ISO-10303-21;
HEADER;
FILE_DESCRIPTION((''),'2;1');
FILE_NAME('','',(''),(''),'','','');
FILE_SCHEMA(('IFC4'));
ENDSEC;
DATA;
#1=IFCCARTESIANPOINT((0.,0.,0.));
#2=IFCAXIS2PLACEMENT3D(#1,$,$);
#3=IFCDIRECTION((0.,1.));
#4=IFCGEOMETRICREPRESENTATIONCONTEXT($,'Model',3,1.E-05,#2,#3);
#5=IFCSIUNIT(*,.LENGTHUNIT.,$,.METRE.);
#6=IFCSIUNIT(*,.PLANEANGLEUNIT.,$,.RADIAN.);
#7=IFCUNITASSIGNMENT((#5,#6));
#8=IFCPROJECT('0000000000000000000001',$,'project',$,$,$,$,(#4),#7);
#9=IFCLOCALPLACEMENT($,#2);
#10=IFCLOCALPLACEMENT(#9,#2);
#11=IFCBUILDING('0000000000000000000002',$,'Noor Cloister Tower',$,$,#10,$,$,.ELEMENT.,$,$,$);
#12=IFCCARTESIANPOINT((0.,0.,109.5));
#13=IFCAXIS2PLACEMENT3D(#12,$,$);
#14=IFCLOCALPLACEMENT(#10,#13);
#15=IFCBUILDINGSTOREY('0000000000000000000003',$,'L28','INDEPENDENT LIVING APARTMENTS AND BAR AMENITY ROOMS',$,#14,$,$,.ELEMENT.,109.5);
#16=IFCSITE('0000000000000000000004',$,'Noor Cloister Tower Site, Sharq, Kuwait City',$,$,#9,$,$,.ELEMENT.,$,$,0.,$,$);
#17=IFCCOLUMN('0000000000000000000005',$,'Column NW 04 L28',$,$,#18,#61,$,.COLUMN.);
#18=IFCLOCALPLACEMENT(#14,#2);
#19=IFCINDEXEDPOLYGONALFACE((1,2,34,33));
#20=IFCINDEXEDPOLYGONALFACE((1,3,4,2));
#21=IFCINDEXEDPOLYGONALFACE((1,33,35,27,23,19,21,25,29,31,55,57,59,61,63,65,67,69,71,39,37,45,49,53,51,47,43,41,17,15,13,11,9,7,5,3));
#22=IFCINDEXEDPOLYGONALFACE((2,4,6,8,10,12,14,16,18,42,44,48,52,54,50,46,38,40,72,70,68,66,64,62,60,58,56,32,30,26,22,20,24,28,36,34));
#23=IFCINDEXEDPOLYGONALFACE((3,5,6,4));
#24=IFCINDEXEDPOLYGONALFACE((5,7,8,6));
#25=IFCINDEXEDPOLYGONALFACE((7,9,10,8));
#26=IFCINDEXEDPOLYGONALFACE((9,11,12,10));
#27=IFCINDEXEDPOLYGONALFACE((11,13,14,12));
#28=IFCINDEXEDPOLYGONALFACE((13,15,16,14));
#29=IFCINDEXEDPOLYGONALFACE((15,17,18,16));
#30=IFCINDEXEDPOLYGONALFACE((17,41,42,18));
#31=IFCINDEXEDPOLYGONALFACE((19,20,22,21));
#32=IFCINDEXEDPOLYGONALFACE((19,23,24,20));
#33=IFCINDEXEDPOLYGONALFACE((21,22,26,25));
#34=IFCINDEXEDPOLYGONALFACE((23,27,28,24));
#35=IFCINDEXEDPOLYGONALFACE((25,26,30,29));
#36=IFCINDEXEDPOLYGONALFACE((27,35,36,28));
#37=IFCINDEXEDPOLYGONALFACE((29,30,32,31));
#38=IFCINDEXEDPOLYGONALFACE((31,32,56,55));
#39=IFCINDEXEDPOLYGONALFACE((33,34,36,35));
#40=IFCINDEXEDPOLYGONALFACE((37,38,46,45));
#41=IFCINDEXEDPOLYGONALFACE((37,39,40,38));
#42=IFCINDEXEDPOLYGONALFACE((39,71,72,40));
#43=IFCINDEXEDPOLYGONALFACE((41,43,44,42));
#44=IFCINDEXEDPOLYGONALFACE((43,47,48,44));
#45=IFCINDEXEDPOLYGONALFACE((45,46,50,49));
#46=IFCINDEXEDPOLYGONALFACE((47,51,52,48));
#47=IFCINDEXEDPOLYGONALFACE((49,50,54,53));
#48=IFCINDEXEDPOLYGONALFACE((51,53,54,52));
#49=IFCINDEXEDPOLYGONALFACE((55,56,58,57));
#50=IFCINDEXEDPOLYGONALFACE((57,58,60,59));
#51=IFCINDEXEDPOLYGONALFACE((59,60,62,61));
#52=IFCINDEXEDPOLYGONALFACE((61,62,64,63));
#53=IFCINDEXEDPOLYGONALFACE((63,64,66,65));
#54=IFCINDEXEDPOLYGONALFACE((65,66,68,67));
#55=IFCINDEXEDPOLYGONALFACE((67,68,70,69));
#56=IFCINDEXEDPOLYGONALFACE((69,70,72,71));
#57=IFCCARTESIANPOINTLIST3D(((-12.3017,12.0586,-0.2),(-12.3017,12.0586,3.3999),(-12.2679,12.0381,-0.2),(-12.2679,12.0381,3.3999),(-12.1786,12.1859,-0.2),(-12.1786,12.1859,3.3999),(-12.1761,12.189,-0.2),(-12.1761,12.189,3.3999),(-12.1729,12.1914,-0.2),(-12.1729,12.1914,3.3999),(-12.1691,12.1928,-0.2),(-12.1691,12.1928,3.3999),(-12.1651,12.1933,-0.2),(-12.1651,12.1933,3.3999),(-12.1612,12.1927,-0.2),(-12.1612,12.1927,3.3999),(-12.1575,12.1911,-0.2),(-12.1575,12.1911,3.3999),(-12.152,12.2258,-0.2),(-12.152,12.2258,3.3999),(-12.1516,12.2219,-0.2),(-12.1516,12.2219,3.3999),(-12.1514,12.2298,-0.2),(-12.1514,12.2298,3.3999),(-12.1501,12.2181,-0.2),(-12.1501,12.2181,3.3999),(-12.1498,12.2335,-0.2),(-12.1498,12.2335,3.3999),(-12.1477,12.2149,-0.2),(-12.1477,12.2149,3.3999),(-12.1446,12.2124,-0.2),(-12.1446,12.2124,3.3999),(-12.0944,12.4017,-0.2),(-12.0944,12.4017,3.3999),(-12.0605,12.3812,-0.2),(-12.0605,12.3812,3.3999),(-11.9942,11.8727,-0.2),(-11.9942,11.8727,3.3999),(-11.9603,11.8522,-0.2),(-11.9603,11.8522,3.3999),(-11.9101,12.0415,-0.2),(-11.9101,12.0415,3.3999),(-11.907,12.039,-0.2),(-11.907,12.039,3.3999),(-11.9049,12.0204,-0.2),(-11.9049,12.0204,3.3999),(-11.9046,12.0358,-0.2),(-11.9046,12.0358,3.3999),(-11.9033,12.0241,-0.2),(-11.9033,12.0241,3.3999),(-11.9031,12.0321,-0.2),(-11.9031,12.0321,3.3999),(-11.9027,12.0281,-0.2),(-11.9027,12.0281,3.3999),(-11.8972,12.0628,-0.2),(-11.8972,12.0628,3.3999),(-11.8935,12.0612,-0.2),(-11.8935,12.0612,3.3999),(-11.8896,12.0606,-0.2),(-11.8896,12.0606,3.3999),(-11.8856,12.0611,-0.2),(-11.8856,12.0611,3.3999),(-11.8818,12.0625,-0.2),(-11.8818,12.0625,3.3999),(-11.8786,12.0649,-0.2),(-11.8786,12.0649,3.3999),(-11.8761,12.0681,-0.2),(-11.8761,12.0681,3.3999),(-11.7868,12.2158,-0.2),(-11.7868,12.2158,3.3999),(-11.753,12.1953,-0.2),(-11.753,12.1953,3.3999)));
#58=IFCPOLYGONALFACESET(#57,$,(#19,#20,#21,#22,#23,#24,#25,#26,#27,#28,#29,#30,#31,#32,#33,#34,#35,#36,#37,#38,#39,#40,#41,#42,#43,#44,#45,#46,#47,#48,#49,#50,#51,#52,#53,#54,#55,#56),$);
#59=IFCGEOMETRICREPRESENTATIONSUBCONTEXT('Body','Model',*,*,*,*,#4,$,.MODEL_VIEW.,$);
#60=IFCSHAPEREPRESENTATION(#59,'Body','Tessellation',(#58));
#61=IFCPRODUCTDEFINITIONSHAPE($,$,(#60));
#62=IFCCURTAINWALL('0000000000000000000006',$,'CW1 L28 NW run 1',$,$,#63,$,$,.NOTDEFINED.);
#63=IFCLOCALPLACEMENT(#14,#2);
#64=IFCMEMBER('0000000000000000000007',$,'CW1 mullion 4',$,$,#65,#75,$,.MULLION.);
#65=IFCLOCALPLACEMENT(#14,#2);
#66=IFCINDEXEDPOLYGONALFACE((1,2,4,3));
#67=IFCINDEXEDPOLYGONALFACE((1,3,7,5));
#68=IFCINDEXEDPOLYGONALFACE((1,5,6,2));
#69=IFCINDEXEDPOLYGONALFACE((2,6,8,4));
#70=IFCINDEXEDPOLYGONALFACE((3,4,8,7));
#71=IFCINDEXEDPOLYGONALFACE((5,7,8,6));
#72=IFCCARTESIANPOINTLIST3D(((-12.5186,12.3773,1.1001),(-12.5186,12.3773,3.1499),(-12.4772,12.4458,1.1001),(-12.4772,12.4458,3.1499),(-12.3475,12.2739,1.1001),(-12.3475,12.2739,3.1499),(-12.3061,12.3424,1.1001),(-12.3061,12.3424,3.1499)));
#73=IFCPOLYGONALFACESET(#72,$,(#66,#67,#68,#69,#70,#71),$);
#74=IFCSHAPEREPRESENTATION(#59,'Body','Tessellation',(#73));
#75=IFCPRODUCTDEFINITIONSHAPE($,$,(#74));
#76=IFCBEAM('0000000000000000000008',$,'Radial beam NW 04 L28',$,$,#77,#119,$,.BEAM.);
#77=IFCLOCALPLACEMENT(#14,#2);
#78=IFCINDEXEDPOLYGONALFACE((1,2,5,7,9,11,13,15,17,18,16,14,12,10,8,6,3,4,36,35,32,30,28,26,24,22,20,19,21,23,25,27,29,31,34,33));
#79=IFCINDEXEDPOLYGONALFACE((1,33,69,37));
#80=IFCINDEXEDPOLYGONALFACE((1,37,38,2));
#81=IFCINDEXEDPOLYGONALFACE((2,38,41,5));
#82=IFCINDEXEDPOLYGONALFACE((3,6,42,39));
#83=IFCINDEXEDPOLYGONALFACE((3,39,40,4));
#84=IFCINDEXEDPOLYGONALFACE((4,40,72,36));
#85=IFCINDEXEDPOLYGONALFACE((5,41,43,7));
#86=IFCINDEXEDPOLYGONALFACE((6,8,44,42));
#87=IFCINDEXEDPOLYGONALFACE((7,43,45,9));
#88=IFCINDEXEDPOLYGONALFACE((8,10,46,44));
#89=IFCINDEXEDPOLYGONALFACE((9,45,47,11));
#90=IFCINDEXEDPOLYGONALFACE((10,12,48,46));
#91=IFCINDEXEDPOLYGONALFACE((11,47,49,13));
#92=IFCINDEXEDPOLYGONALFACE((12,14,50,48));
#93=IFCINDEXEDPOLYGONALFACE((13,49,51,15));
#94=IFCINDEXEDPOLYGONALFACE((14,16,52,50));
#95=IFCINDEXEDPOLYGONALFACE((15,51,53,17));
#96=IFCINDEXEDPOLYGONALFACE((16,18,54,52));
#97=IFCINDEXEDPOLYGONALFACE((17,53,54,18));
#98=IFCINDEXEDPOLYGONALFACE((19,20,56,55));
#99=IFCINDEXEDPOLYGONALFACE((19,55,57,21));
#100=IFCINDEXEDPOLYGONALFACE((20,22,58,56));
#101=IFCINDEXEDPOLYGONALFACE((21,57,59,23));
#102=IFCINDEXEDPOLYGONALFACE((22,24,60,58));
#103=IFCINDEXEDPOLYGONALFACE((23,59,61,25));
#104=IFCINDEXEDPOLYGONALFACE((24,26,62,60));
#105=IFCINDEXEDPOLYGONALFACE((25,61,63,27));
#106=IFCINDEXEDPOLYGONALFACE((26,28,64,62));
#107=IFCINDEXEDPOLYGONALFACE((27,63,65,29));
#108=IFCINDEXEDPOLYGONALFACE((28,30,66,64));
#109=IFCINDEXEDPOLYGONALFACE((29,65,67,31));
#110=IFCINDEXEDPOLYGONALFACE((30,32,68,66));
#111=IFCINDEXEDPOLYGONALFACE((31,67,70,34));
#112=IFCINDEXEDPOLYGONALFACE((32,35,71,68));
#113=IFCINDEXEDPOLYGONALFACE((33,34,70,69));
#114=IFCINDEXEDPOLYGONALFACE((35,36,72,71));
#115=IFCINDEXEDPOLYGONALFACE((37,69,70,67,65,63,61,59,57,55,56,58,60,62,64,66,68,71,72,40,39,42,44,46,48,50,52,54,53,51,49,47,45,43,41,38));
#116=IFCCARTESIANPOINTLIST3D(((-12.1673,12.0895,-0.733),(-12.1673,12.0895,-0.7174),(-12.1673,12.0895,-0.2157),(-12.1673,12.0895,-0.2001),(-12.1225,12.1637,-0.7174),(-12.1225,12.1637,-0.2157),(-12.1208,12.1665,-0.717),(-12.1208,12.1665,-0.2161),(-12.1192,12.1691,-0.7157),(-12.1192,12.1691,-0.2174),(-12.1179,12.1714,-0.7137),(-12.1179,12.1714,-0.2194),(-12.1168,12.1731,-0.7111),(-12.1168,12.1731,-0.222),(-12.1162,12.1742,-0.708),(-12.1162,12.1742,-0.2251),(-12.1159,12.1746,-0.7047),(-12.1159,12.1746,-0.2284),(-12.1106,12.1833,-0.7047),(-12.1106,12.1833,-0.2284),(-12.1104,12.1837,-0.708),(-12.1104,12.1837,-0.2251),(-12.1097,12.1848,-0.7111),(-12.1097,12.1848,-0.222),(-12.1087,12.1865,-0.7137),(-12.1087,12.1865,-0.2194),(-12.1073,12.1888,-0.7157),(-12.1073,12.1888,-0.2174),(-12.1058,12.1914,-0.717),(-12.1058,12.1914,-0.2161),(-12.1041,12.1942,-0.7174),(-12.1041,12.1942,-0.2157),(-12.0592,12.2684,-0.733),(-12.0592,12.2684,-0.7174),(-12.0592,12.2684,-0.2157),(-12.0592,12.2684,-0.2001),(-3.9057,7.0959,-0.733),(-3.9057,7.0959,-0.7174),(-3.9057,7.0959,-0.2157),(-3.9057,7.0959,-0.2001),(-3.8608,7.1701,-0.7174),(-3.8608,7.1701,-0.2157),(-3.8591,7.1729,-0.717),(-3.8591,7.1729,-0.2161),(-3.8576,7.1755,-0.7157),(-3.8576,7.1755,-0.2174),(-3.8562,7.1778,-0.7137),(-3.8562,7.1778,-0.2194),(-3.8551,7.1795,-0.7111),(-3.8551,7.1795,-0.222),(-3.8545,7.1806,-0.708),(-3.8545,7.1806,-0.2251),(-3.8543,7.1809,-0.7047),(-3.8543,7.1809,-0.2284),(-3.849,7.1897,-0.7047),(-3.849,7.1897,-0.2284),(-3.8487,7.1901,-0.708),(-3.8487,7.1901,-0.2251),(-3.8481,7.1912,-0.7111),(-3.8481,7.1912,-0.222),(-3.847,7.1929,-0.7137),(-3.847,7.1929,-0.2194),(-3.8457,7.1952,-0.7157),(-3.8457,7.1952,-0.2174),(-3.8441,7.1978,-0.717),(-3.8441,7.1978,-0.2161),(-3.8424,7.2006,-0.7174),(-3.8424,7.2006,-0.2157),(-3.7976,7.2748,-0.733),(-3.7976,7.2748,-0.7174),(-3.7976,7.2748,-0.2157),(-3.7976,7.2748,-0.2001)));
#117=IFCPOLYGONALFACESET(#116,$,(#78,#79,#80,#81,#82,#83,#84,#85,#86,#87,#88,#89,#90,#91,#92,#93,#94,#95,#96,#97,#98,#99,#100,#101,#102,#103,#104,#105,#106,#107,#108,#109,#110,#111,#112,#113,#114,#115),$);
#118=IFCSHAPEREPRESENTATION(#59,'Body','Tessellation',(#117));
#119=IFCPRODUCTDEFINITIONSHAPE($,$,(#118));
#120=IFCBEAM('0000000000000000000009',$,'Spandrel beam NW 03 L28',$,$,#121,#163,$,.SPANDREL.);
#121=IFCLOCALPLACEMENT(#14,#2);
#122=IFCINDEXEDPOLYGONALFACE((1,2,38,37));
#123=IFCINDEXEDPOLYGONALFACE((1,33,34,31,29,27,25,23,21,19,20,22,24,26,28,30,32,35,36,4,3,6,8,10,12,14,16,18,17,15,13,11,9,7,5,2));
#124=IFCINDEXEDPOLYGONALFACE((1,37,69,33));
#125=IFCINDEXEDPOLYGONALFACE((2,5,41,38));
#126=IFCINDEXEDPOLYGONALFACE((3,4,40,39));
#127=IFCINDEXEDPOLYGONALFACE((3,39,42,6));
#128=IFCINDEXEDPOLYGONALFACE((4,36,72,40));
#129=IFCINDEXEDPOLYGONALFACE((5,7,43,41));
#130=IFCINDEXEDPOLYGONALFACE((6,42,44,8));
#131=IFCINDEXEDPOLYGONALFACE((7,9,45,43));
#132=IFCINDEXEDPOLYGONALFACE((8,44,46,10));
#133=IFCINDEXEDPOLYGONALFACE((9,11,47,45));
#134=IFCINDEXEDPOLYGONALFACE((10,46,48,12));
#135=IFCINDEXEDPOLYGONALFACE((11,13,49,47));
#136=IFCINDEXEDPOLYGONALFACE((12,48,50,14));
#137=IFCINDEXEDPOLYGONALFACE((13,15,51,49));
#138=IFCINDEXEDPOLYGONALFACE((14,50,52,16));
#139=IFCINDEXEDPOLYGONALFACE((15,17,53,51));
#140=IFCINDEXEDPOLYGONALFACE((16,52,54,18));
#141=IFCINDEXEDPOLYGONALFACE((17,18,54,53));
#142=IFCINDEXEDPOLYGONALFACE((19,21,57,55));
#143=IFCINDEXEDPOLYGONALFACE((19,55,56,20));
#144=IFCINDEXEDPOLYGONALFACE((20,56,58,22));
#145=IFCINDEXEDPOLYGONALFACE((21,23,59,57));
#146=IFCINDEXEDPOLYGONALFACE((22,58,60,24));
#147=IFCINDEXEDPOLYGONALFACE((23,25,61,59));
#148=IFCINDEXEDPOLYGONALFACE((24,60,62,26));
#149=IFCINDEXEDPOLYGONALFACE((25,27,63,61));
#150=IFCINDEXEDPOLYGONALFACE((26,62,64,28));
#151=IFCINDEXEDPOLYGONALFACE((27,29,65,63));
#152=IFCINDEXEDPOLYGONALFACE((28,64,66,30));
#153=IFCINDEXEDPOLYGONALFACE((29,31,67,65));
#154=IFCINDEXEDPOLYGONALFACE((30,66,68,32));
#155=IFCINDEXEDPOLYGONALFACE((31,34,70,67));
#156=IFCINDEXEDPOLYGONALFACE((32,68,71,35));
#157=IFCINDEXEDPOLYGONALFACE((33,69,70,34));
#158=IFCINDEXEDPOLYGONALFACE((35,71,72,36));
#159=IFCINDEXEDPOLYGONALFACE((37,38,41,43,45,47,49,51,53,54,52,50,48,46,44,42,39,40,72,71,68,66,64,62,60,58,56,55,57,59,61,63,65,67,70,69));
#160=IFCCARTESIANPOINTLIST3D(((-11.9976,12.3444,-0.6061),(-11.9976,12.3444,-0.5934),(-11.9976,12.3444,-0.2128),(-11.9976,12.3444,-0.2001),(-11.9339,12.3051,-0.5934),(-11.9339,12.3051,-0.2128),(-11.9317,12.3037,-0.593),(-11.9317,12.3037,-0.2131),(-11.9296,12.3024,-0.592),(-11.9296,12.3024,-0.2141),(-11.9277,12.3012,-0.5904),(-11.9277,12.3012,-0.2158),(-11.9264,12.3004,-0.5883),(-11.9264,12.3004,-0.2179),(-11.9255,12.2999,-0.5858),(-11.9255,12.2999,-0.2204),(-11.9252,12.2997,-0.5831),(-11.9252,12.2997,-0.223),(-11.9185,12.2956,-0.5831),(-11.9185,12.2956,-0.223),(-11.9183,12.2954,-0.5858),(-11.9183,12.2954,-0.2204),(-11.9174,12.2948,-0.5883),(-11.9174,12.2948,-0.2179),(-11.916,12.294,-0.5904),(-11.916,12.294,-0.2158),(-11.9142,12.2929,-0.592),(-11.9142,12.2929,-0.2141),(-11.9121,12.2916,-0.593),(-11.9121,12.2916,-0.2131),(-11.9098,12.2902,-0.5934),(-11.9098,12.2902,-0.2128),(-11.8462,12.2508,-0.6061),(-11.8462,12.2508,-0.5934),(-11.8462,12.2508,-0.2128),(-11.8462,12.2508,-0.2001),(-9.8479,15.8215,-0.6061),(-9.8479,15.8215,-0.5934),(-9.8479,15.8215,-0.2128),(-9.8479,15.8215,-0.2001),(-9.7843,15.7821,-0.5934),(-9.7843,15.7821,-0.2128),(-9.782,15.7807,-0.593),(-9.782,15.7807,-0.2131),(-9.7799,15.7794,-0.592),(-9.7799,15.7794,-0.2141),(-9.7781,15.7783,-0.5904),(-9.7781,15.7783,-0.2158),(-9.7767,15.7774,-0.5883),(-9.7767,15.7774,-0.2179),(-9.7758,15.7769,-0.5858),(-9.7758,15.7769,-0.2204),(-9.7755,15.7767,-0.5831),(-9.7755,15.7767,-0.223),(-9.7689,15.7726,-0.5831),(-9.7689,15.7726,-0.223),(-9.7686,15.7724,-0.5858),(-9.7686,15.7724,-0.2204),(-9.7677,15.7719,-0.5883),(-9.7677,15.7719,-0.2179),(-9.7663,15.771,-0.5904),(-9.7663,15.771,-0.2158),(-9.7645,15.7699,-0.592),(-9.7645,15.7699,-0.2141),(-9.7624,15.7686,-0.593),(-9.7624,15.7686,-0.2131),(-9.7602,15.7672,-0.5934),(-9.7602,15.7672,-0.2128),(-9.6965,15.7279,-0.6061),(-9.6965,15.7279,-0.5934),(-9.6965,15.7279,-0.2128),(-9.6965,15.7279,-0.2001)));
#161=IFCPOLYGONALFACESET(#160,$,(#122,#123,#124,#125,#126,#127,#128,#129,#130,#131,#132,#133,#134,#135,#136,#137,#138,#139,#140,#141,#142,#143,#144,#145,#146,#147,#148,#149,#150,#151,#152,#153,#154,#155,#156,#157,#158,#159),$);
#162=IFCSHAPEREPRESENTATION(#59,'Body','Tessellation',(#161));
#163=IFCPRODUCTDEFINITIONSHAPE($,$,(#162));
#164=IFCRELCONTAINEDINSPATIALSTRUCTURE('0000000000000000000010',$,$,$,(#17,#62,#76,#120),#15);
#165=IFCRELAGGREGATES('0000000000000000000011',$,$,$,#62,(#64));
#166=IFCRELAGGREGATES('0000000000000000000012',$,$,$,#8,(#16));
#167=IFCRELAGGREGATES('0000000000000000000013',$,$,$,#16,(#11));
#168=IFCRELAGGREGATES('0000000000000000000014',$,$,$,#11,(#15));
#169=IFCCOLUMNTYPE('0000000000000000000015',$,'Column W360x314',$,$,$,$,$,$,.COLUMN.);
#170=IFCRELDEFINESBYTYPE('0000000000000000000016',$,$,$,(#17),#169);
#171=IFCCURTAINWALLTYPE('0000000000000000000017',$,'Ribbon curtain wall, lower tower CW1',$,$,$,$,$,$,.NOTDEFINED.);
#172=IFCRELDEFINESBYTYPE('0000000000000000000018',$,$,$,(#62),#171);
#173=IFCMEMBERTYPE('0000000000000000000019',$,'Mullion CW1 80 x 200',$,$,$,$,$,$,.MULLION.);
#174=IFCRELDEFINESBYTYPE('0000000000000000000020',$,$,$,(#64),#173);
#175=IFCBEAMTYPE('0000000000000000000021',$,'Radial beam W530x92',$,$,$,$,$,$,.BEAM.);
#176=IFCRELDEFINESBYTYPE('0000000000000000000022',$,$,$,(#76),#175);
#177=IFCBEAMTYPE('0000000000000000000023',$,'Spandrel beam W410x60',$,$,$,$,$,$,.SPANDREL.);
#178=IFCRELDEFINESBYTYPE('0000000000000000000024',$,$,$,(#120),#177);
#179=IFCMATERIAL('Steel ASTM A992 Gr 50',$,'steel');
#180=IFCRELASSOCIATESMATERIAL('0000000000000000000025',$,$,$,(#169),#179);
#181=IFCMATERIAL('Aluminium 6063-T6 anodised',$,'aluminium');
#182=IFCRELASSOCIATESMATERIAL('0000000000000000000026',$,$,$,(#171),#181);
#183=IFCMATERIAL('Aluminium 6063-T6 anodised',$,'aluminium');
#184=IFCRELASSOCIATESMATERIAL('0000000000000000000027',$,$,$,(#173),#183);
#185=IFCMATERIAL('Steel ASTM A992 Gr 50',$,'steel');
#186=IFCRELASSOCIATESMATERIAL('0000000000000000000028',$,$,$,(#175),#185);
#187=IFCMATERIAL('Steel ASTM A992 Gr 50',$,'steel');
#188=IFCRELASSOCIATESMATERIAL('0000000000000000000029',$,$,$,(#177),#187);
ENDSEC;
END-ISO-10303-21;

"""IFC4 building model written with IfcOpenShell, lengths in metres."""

from ifc_helpers import new_model, si_unit, direction, frame, origin, origin_2d, place, context, subcontext, project, spatial, rectangle, i_section, extrude, material, material_profile, profile_set, type_object, element, aggregate, save


model = new_model("IFC4")

# Units and contexts
model_context = context("Model", 3, precision=1e-05, world=origin(), true_north=direction((0.0, 1.0)))
body_context = subcontext(model_context, "Body", "Model", "MODEL_VIEW")
ifc_project = project(units=[si_unit("LENGTHUNIT", "METRE"), si_unit("PLANEANGLEUNIT", "RADIAN")], contexts=[model_context])

# Site, building, storey
site_placement = place(None, origin())
site = spatial("IfcSite", under=ifc_project, at=site_placement, Name="Noor Cloister Tower Site, Sharq, Kuwait City", CompositionType="ELEMENT", RefElevation=0.0)
building_placement = place(site_placement, origin())
building = spatial("IfcBuilding", under=site, at=building_placement, Name="Noor Cloister Tower", CompositionType="ELEMENT")
storey_placement = place(building_placement, frame((0.0, 0.0, 109.5)))
storey = spatial("IfcBuildingStorey", under=building, at=storey_placement, Name="L28", Description="INDEPENDENT LIVING APARTMENTS AND BAR AMENITY ROOMS", CompositionType="ELEMENT", Elevation=109.5)

# Column
ifc_material_1 = material(Name="Steel ASTM A992 Gr 50", Category="steel")
ifc_material_profile_1 = material_profile(ifc_material_1, i_section(OverallWidth=0.4009, OverallDepth=0.3989, WebThickness=0.0249, FlangeThickness=0.0396, FilletRadius=0.0154, at=origin_2d()), Name="W360x314")
ifc_profile_set_1 = profile_set([ifc_material_profile_1], Name="Steel ASTM A992 Gr 50")
column_type = type_object("IfcColumnType", Name="Column W360x314", PredefinedType="COLUMN", material=ifc_profile_set_1)
column_placement = place(storey_placement, frame((-12.0273, 12.127, -0.2), z_axis=(0.0, 0.0, 1.0), x_axis=(-0.517287, -0.855812, 0.0)))
element("IfcColumn", 1, at=column_placement, inside=storey, type_object=column_type, Name="Column NW 04 L28", PredefinedType="COLUMN", context=body_context, shape_type="SweptSolid", body=[
    extrude(i_section(OverallWidth=0.4009, OverallDepth=0.3989, WebThickness=0.0249, FlangeThickness=0.0396, FilletRadius=0.0154, at=origin_2d()), origin(), (0.0, 0.0, 1.0), 3.5999),
])

# Curtain wall, member
ifc_material_2 = material(Name="Aluminium 6063-T6 anodised", Category="aluminium")
curtain_wall_type = type_object("IfcCurtainWallType", Name="Ribbon curtain wall, lower tower CW1", PredefinedType="NOTDEFINED", material=ifc_material_2)
curtain_wall_placement = place(storey_placement, origin())
curtain_wall = element("IfcCurtainWall", 2, at=curtain_wall_placement, inside=storey, type_object=curtain_wall_type, Name="CW1 L28 NW run 1", PredefinedType="NOTDEFINED")
ifc_material_3 = material(Name="Aluminium 6063-T6 anodised", Category="aluminium")
ifc_material_profile_2 = material_profile(ifc_material_3, rectangle(XDim=0.2, YDim=0.0801, at=origin_2d()), Name="200 x 80 mullion")
ifc_profile_set_2 = profile_set([ifc_material_profile_2], Name="Aluminium 6063-T6 anodised")
member_type = type_object("IfcMemberType", Name="Mullion CW1 80 x 200", PredefinedType="MULLION", material=ifc_profile_set_2)
member_placement = place(storey_placement, frame((-12.4124, 12.3599, 1.1001), z_axis=(0.0, 0.0, 1.0), x_axis=(0.855812, -0.517287, 0.0)))
member = element("IfcMember", 3, at=member_placement, type_object=member_type, Name="CW1 mullion 4", PredefinedType="MULLION", context=body_context, shape_type="SweptSolid", body=[
    extrude(rectangle(XDim=0.2, YDim=0.0801, at=origin_2d()), origin(), (0.0, 0.0, 1.0), 2.0498),
])

# Beams
ifc_material_4 = material(Name="Steel ASTM A992 Gr 50", Category="steel")
ifc_material_profile_3 = material_profile(ifc_material_4, i_section(OverallWidth=0.209, OverallDepth=0.533, WebThickness=0.0103, FlangeThickness=0.0156, FilletRadius=0.0127, at=origin_2d()), Name="W530x92")
ifc_profile_set_3 = profile_set([ifc_material_profile_3], Name="Steel ASTM A992 Gr 50")
beam_type_1 = type_object("IfcBeamType", Name="Radial beam W530x92", PredefinedType="BEAM", material=ifc_profile_set_3)
beam_placement = place(storey_placement, frame((-12.1133, 12.179, -0.4666), z_axis=(0.855815, -0.517282, 0.0), x_axis=(0.517282, 0.855815, 0.0)))
element("IfcBeam", 4, at=beam_placement, inside=storey, type_object=beam_type_1, Name="Radial beam NW 04 L28", PredefinedType="BEAM", context=body_context, shape_type="SweptSolid", body=[
    extrude(i_section(OverallWidth=0.209, OverallDepth=0.533, WebThickness=0.0103, FlangeThickness=0.0156, FilletRadius=0.0127, at=origin_2d()), origin(), (0.0, 0.0, 1.0), 9.6536),
])
ifc_material_5 = material(Name="Steel ASTM A992 Gr 50", Category="steel")
ifc_material_profile_4 = material_profile(ifc_material_5, i_section(OverallWidth=0.178, OverallDepth=0.406, WebThickness=0.0078, FlangeThickness=0.0127, FilletRadius=0.0103, at=origin_2d()), Name="W410x60")
ifc_profile_set_4 = profile_set([ifc_material_profile_4], Name="Steel ASTM A992 Gr 50")
beam_type_2 = type_object("IfcBeamType", Name="Spandrel beam W410x60", PredefinedType="SPANDREL", material=ifc_profile_set_4)
for number, where, z_axis, x_axis, name in (
    (5, (-9.7722, 15.7747, -0.4031), (-0.525859, -0.850572, 0.0), (0.850572, -0.525859, 0.0), "Spandrel beam NW 03 L28"),
):
    element("IfcBeam", number, at=place(storey_placement, frame(where, z_axis=z_axis, x_axis=x_axis)), inside=storey, type_object=beam_type_2, Name=name, PredefinedType="SPANDREL", context=body_context, shape_type="SweptSolid", body=[
        extrude(i_section(OverallWidth=0.178, OverallDepth=0.406, WebThickness=0.0078, FlangeThickness=0.0127, FilletRadius=0.0103, at=origin_2d()), origin(), (0.0, 0.0, 1.0), 4.0879),
    ])

aggregate(curtain_wall, [member])

save(model, "model.ifc")
